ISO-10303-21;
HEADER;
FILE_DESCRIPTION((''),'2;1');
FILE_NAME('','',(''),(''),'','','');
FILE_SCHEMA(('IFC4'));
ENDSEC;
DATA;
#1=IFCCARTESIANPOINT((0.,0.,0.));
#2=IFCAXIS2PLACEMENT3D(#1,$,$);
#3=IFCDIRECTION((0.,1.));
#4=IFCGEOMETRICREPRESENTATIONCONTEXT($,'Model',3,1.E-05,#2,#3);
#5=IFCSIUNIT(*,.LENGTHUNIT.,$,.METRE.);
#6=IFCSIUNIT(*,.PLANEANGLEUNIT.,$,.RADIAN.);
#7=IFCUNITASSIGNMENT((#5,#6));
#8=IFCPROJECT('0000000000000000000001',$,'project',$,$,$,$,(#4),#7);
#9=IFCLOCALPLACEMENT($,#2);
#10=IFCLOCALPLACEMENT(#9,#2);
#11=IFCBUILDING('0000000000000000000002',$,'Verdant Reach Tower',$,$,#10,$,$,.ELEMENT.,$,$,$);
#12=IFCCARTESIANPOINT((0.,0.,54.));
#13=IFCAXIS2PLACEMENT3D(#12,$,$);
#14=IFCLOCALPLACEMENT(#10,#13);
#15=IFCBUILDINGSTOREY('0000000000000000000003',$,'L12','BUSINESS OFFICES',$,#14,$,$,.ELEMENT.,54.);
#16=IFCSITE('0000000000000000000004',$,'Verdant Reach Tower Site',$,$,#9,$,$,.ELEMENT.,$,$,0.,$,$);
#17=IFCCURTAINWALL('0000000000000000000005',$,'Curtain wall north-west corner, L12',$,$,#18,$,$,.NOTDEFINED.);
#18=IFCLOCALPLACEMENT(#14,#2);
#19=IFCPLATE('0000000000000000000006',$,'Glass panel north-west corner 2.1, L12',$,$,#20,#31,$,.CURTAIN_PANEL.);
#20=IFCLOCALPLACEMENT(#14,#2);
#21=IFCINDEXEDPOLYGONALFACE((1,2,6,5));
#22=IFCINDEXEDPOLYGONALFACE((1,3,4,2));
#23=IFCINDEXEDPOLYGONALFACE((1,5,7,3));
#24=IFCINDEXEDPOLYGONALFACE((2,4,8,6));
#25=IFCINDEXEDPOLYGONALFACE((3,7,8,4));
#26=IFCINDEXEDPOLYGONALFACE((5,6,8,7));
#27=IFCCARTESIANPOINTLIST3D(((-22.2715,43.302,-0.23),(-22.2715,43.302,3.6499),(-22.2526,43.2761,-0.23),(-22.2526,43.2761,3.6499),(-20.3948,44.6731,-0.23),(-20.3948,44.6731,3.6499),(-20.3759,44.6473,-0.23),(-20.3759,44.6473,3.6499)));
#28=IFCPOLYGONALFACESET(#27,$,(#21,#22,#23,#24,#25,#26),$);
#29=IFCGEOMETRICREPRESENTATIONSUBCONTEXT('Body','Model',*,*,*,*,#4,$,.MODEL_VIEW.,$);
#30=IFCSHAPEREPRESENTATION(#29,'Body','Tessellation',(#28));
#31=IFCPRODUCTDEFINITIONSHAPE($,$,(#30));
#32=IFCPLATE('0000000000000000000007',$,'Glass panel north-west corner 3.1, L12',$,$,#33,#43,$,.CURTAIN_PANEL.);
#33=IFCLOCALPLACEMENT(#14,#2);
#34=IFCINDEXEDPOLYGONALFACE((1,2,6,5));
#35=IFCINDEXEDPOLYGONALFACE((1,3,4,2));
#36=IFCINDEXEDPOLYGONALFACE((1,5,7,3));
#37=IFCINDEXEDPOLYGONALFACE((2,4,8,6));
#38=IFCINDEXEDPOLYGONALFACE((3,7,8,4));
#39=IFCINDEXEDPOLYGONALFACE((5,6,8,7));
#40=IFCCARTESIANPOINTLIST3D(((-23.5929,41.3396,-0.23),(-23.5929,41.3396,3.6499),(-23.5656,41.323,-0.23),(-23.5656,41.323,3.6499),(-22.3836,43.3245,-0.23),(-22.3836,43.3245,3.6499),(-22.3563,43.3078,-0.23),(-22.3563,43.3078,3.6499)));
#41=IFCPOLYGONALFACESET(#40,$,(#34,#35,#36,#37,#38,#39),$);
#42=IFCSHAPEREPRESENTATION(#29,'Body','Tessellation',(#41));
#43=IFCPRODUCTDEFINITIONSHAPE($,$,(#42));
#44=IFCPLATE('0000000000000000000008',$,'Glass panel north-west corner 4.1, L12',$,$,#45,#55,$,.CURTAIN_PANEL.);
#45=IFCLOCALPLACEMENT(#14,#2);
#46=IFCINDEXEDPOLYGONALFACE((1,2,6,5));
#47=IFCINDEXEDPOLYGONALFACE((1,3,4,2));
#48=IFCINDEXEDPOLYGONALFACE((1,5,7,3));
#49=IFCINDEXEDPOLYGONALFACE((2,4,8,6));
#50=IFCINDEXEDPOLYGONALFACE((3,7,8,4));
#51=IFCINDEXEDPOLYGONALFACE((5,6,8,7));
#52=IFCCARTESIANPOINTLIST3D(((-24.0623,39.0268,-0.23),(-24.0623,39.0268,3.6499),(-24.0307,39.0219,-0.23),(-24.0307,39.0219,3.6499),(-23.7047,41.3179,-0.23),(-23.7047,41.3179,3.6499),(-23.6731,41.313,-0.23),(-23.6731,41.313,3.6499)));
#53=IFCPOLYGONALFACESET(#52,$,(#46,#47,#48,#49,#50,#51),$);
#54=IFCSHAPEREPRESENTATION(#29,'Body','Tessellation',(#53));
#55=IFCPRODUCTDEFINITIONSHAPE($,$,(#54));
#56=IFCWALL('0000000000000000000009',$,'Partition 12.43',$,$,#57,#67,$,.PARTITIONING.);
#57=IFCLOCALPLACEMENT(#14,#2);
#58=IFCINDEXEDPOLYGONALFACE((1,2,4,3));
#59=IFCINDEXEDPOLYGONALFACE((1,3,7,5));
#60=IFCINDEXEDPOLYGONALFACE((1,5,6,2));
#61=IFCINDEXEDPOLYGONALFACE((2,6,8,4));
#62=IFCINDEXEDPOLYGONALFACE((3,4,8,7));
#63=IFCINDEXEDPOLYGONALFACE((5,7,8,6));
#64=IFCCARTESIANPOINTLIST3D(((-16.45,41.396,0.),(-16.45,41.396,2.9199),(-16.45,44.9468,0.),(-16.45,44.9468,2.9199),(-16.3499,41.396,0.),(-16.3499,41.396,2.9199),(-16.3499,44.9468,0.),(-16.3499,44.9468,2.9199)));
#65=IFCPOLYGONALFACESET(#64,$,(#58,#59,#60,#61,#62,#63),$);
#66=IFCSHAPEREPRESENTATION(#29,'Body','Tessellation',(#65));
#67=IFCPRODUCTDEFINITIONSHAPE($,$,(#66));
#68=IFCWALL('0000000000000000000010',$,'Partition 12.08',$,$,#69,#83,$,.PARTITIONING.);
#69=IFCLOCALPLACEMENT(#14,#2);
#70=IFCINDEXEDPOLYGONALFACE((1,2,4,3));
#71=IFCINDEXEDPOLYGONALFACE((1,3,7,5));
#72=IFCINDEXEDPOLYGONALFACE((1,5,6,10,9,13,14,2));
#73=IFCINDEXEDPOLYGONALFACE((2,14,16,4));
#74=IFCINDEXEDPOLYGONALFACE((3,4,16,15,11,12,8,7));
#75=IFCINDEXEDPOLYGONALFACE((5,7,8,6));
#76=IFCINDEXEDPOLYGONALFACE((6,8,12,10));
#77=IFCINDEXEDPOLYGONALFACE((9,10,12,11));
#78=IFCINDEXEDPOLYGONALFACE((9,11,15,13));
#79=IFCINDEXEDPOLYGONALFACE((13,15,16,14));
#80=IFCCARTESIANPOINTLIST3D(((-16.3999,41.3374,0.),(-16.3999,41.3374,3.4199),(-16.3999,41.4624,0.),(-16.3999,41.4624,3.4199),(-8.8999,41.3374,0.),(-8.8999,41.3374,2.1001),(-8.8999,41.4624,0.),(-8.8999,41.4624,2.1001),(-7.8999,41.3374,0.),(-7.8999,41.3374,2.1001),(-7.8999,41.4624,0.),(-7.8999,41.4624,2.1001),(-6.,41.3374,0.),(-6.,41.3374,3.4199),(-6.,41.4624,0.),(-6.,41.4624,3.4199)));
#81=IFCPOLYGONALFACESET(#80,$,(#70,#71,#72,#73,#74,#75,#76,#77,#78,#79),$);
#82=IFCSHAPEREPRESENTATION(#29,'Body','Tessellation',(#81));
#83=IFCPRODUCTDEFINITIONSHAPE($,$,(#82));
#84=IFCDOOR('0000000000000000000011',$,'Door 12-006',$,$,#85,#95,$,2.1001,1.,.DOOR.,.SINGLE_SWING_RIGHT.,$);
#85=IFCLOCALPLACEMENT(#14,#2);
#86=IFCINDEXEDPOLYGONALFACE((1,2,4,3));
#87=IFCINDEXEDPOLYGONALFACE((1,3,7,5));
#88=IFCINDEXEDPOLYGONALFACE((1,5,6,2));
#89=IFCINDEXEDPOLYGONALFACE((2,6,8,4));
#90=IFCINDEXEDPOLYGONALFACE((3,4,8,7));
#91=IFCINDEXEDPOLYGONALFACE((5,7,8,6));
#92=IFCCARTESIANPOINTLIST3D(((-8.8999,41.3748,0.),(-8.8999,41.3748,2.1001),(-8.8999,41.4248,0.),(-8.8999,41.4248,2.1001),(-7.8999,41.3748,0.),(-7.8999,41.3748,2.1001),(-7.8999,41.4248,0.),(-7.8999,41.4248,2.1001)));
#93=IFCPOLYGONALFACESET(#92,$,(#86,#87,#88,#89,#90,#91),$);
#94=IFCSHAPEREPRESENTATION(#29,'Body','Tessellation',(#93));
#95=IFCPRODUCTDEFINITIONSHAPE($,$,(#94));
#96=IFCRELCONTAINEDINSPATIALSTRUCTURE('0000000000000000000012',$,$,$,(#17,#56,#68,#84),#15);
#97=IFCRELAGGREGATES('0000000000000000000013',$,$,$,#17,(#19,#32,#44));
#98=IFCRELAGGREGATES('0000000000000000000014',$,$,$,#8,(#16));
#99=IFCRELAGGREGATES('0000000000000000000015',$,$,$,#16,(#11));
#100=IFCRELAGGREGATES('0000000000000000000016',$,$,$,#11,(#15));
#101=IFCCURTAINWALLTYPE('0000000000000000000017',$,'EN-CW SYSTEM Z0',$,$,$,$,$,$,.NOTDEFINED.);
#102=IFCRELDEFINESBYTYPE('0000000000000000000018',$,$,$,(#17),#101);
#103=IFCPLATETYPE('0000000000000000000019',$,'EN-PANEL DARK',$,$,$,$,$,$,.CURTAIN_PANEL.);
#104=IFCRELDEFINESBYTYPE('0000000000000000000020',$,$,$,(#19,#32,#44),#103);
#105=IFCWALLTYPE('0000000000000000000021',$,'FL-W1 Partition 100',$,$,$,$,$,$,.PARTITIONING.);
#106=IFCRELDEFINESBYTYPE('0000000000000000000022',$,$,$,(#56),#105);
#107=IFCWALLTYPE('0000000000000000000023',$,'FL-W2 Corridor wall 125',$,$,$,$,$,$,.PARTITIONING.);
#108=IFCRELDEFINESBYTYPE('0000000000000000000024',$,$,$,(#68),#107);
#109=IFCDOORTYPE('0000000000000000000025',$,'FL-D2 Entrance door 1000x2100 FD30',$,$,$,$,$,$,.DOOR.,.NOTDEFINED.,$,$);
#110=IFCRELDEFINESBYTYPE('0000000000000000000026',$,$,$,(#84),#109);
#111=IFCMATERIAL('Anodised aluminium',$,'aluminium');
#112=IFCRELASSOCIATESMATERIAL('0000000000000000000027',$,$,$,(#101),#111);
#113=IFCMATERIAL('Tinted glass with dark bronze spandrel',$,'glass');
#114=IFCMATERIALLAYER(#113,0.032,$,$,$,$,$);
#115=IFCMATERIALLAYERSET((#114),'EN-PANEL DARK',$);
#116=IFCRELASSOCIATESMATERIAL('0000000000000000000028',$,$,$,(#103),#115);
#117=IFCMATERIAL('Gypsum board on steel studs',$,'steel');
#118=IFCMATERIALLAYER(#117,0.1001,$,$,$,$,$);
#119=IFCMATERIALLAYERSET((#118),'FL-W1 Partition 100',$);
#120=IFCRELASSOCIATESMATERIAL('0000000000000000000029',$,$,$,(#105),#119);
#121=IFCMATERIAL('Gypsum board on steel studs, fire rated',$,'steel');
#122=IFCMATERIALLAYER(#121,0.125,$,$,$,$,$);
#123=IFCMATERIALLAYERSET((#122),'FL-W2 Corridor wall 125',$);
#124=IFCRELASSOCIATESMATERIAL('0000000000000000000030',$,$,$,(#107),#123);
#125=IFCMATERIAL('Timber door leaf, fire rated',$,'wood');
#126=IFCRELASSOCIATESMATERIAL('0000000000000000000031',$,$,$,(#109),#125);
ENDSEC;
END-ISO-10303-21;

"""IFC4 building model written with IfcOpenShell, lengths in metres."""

from ifc_helpers import new_model, si_unit, direction, frame, frame_2d, origin, origin_2d, place, context, subcontext, project, spatial, rectangle, extrude, material, layer, layer_set, type_object, element, fill, aggregate, save


model = new_model("IFC4")

# Units and contexts
model_context = context("Model", 3, precision=1e-05, world=origin(), true_north=direction((0.0, 1.0)))
body_context = subcontext(model_context, "Body", "Model", "MODEL_VIEW")
ifc_project = project(units=[si_unit("LENGTHUNIT", "METRE"), si_unit("PLANEANGLEUNIT", "RADIAN")], contexts=[model_context])

# Site, building, storey
site_placement = place(None, origin())
site = spatial("IfcSite", under=ifc_project, at=site_placement, Name="Verdant Reach Tower Site", CompositionType="ELEMENT", RefElevation=0.0)
building_placement = place(site_placement, origin())
building = spatial("IfcBuilding", under=site, at=building_placement, Name="Verdant Reach Tower", CompositionType="ELEMENT")
storey_placement = place(building_placement, frame((0.0, 0.0, 54.0)))
storey = spatial("IfcBuildingStorey", under=building, at=storey_placement, Name="L12", Description="BUSINESS OFFICES", CompositionType="ELEMENT", Elevation=54.0)

# Shared definitions
ifc_material_1 = material(Name="Anodised aluminium", Category="aluminium")
curtain_wall_type = type_object("IfcCurtainWallType", Name="EN-CW SYSTEM Z0", PredefinedType="NOTDEFINED", material=ifc_material_1)

# Curtain wall
curtain_wall_1_placement = place(storey_placement, origin())
curtain_wall_1 = element("IfcCurtainWall", 1, at=curtain_wall_1_placement, inside=storey, type_object=curtain_wall_type, Name="Curtain wall north-west corner, L12", PredefinedType="NOTDEFINED")

# Plates
ifc_material_2 = material(Name="Tinted glass with dark bronze spandrel", Category="glass")
ifc_layer_1 = layer(ifc_material_2, 0.032)
ifc_layer_set_1 = layer_set([ifc_layer_1], Name="EN-PANEL DARK")
plate_type_1 = type_object("IfcPlateType", Name="EN-PANEL DARK", PredefinedType="CURTAIN_PANEL", material=ifc_layer_set_1)
plate_1_placement = place(storey_placement, frame((-21.3237, 43.9746, -0.23), z_axis=(0.0, 0.0, 1.0), x_axis=(-0.807457, -0.589927, 0.0)))
plate_1 = element("IfcPlate", 2, at=plate_1_placement, type_object=plate_type_1, Name="Glass panel north-west corner 2.1, L12", PredefinedType="CURTAIN_PANEL", context=body_context, shape_type="SweptSolid", body=[
    extrude(rectangle(XDim=2.3242, YDim=0.032, at=origin_2d()), origin(), (0.0, 0.0, 1.0), 3.8799),
])
plate_2_placement = place(storey_placement, frame((-22.9746, 42.3237, -0.23), z_axis=(0.0, 0.0, 1.0), x_axis=(-0.520292, -0.853989, 0.0)))
plate_2 = element("IfcPlate", 3, at=plate_2_placement, type_object=plate_type_1, Name="Glass panel north-west corner 3.1, L12", PredefinedType="CURTAIN_PANEL", context=body_context, shape_type="SweptSolid", body=[
    extrude(rectangle(XDim=2.3242, YDim=0.032, at=origin_2d()), origin(), (0.0, 0.0, 1.0), 3.8799),
])
plate_3_placement = place(storey_placement, frame((-23.8677, 40.1699, -0.23), z_axis=(0.0, 0.0, 1.0), x_axis=(-0.154211, -0.988038, 0.0)))
plate_3 = element("IfcPlate", 4, at=plate_3_placement, type_object=plate_type_1, Name="Glass panel north-west corner 4.1, L12", PredefinedType="CURTAIN_PANEL", context=body_context, shape_type="SweptSolid", body=[
    extrude(rectangle(XDim=2.3188, YDim=0.032, at=origin_2d()), origin(), (0.0, 0.0, 1.0), 3.8799),
])
aggregate(curtain_wall_1, [plate_1, plate_2, plate_3])

# Wall
ifc_material_3 = material(Name="Gypsum board on steel studs", Category="steel")
ifc_layer_2 = layer(ifc_material_3, 0.1001)
ifc_layer_set_2 = layer_set([ifc_layer_2], Name="FL-W1 Partition 100")
wall_type_1 = type_object("IfcWallType", Name="FL-W1 Partition 100", PredefinedType="PARTITIONING", material=ifc_layer_set_2)
wall_1_placement = place(storey_placement, frame((-16.3999, 44.9468, 0.0), z_axis=(0.0, 0.0, 1.0), x_axis=(0.0, -1.0, 0.0)))
element("IfcWall", 5, at=wall_1_placement, inside=storey, type_object=wall_type_1, Name="Partition 12.43", PredefinedType="PARTITIONING", context=body_context, shape_type="SweptSolid", body=[
    extrude(rectangle(XDim=3.5508, YDim=0.1001, at=frame_2d((1.7754, 0.0))), origin(), (0.0, 0.0, 1.0), 2.9199),
])

# Wall, opening, door
ifc_material_4 = material(Name="Gypsum board on steel studs, fire rated", Category="steel")
ifc_layer_3 = layer(ifc_material_4, 0.125)
ifc_layer_set_3 = layer_set([ifc_layer_3], Name="FL-W2 Corridor wall 125")
wall_type_2 = type_object("IfcWallType", Name="FL-W2 Corridor wall 125", PredefinedType="PARTITIONING", material=ifc_layer_set_3)
wall_2_placement = place(storey_placement, frame((-16.3999, 41.3999, 0.0), z_axis=(0.0, 0.0, 1.0), x_axis=(1.0, 0.0, 0.0)))
wall_2 = element("IfcWall", 6, at=wall_2_placement, inside=storey, type_object=wall_type_2, Name="Partition 12.08", PredefinedType="PARTITIONING", context=body_context, shape_type="SweptSolid", body=[
    extrude(rectangle(XDim=10.3999, YDim=0.125, at=frame_2d((5.2, 0.0))), origin(), (0.0, 0.0, 1.0), 3.4199),
])
opening_placement = place(wall_2_placement, frame((7.5, 0.0, 0.0)))
opening = element("IfcOpeningElement", 7, at=opening_placement, cuts=wall_2, PredefinedType="OPENING", context=body_context, shape_type="SweptSolid", body=[
    extrude(rectangle(XDim=1.0, YDim=2.1001, at=frame_2d((0.5, 1.05))), frame((0.0, 0.0725, 0.0), z_axis=(0.0, -1.0, 0.0), x_axis=(1.0, 0.0, 0.0)), (0.0, 0.0, 1.0), 0.145),
])
ifc_material_5 = material(Name="Timber door leaf, fire rated", Category="wood")
door_type = type_object("IfcDoorType", Name="FL-D2 Entrance door 1000x2100 FD30", OperationType="NOTDEFINED", PredefinedType="DOOR", material=ifc_material_5)
door_placement = place(opening_placement, origin())
door = element("IfcDoor", 8, at=door_placement, inside=storey, type_object=door_type, Name="Door 12-006", OperationType="SINGLE_SWING_RIGHT", OverallHeight=2.1001, OverallWidth=1.0, PredefinedType="DOOR", context=body_context, shape_type="SweptSolid", body=[
    extrude(rectangle(XDim=1.0, YDim=2.1001, at=frame_2d((0.5, 1.05))), frame((0.0, 0.0249, 0.0), z_axis=(0.0, -1.0, 0.0), x_axis=(1.0, 0.0, 0.0)), (0.0, 0.0, 1.0), 0.05),
])
fill(opening, door)

save(model, "model.ifc")
